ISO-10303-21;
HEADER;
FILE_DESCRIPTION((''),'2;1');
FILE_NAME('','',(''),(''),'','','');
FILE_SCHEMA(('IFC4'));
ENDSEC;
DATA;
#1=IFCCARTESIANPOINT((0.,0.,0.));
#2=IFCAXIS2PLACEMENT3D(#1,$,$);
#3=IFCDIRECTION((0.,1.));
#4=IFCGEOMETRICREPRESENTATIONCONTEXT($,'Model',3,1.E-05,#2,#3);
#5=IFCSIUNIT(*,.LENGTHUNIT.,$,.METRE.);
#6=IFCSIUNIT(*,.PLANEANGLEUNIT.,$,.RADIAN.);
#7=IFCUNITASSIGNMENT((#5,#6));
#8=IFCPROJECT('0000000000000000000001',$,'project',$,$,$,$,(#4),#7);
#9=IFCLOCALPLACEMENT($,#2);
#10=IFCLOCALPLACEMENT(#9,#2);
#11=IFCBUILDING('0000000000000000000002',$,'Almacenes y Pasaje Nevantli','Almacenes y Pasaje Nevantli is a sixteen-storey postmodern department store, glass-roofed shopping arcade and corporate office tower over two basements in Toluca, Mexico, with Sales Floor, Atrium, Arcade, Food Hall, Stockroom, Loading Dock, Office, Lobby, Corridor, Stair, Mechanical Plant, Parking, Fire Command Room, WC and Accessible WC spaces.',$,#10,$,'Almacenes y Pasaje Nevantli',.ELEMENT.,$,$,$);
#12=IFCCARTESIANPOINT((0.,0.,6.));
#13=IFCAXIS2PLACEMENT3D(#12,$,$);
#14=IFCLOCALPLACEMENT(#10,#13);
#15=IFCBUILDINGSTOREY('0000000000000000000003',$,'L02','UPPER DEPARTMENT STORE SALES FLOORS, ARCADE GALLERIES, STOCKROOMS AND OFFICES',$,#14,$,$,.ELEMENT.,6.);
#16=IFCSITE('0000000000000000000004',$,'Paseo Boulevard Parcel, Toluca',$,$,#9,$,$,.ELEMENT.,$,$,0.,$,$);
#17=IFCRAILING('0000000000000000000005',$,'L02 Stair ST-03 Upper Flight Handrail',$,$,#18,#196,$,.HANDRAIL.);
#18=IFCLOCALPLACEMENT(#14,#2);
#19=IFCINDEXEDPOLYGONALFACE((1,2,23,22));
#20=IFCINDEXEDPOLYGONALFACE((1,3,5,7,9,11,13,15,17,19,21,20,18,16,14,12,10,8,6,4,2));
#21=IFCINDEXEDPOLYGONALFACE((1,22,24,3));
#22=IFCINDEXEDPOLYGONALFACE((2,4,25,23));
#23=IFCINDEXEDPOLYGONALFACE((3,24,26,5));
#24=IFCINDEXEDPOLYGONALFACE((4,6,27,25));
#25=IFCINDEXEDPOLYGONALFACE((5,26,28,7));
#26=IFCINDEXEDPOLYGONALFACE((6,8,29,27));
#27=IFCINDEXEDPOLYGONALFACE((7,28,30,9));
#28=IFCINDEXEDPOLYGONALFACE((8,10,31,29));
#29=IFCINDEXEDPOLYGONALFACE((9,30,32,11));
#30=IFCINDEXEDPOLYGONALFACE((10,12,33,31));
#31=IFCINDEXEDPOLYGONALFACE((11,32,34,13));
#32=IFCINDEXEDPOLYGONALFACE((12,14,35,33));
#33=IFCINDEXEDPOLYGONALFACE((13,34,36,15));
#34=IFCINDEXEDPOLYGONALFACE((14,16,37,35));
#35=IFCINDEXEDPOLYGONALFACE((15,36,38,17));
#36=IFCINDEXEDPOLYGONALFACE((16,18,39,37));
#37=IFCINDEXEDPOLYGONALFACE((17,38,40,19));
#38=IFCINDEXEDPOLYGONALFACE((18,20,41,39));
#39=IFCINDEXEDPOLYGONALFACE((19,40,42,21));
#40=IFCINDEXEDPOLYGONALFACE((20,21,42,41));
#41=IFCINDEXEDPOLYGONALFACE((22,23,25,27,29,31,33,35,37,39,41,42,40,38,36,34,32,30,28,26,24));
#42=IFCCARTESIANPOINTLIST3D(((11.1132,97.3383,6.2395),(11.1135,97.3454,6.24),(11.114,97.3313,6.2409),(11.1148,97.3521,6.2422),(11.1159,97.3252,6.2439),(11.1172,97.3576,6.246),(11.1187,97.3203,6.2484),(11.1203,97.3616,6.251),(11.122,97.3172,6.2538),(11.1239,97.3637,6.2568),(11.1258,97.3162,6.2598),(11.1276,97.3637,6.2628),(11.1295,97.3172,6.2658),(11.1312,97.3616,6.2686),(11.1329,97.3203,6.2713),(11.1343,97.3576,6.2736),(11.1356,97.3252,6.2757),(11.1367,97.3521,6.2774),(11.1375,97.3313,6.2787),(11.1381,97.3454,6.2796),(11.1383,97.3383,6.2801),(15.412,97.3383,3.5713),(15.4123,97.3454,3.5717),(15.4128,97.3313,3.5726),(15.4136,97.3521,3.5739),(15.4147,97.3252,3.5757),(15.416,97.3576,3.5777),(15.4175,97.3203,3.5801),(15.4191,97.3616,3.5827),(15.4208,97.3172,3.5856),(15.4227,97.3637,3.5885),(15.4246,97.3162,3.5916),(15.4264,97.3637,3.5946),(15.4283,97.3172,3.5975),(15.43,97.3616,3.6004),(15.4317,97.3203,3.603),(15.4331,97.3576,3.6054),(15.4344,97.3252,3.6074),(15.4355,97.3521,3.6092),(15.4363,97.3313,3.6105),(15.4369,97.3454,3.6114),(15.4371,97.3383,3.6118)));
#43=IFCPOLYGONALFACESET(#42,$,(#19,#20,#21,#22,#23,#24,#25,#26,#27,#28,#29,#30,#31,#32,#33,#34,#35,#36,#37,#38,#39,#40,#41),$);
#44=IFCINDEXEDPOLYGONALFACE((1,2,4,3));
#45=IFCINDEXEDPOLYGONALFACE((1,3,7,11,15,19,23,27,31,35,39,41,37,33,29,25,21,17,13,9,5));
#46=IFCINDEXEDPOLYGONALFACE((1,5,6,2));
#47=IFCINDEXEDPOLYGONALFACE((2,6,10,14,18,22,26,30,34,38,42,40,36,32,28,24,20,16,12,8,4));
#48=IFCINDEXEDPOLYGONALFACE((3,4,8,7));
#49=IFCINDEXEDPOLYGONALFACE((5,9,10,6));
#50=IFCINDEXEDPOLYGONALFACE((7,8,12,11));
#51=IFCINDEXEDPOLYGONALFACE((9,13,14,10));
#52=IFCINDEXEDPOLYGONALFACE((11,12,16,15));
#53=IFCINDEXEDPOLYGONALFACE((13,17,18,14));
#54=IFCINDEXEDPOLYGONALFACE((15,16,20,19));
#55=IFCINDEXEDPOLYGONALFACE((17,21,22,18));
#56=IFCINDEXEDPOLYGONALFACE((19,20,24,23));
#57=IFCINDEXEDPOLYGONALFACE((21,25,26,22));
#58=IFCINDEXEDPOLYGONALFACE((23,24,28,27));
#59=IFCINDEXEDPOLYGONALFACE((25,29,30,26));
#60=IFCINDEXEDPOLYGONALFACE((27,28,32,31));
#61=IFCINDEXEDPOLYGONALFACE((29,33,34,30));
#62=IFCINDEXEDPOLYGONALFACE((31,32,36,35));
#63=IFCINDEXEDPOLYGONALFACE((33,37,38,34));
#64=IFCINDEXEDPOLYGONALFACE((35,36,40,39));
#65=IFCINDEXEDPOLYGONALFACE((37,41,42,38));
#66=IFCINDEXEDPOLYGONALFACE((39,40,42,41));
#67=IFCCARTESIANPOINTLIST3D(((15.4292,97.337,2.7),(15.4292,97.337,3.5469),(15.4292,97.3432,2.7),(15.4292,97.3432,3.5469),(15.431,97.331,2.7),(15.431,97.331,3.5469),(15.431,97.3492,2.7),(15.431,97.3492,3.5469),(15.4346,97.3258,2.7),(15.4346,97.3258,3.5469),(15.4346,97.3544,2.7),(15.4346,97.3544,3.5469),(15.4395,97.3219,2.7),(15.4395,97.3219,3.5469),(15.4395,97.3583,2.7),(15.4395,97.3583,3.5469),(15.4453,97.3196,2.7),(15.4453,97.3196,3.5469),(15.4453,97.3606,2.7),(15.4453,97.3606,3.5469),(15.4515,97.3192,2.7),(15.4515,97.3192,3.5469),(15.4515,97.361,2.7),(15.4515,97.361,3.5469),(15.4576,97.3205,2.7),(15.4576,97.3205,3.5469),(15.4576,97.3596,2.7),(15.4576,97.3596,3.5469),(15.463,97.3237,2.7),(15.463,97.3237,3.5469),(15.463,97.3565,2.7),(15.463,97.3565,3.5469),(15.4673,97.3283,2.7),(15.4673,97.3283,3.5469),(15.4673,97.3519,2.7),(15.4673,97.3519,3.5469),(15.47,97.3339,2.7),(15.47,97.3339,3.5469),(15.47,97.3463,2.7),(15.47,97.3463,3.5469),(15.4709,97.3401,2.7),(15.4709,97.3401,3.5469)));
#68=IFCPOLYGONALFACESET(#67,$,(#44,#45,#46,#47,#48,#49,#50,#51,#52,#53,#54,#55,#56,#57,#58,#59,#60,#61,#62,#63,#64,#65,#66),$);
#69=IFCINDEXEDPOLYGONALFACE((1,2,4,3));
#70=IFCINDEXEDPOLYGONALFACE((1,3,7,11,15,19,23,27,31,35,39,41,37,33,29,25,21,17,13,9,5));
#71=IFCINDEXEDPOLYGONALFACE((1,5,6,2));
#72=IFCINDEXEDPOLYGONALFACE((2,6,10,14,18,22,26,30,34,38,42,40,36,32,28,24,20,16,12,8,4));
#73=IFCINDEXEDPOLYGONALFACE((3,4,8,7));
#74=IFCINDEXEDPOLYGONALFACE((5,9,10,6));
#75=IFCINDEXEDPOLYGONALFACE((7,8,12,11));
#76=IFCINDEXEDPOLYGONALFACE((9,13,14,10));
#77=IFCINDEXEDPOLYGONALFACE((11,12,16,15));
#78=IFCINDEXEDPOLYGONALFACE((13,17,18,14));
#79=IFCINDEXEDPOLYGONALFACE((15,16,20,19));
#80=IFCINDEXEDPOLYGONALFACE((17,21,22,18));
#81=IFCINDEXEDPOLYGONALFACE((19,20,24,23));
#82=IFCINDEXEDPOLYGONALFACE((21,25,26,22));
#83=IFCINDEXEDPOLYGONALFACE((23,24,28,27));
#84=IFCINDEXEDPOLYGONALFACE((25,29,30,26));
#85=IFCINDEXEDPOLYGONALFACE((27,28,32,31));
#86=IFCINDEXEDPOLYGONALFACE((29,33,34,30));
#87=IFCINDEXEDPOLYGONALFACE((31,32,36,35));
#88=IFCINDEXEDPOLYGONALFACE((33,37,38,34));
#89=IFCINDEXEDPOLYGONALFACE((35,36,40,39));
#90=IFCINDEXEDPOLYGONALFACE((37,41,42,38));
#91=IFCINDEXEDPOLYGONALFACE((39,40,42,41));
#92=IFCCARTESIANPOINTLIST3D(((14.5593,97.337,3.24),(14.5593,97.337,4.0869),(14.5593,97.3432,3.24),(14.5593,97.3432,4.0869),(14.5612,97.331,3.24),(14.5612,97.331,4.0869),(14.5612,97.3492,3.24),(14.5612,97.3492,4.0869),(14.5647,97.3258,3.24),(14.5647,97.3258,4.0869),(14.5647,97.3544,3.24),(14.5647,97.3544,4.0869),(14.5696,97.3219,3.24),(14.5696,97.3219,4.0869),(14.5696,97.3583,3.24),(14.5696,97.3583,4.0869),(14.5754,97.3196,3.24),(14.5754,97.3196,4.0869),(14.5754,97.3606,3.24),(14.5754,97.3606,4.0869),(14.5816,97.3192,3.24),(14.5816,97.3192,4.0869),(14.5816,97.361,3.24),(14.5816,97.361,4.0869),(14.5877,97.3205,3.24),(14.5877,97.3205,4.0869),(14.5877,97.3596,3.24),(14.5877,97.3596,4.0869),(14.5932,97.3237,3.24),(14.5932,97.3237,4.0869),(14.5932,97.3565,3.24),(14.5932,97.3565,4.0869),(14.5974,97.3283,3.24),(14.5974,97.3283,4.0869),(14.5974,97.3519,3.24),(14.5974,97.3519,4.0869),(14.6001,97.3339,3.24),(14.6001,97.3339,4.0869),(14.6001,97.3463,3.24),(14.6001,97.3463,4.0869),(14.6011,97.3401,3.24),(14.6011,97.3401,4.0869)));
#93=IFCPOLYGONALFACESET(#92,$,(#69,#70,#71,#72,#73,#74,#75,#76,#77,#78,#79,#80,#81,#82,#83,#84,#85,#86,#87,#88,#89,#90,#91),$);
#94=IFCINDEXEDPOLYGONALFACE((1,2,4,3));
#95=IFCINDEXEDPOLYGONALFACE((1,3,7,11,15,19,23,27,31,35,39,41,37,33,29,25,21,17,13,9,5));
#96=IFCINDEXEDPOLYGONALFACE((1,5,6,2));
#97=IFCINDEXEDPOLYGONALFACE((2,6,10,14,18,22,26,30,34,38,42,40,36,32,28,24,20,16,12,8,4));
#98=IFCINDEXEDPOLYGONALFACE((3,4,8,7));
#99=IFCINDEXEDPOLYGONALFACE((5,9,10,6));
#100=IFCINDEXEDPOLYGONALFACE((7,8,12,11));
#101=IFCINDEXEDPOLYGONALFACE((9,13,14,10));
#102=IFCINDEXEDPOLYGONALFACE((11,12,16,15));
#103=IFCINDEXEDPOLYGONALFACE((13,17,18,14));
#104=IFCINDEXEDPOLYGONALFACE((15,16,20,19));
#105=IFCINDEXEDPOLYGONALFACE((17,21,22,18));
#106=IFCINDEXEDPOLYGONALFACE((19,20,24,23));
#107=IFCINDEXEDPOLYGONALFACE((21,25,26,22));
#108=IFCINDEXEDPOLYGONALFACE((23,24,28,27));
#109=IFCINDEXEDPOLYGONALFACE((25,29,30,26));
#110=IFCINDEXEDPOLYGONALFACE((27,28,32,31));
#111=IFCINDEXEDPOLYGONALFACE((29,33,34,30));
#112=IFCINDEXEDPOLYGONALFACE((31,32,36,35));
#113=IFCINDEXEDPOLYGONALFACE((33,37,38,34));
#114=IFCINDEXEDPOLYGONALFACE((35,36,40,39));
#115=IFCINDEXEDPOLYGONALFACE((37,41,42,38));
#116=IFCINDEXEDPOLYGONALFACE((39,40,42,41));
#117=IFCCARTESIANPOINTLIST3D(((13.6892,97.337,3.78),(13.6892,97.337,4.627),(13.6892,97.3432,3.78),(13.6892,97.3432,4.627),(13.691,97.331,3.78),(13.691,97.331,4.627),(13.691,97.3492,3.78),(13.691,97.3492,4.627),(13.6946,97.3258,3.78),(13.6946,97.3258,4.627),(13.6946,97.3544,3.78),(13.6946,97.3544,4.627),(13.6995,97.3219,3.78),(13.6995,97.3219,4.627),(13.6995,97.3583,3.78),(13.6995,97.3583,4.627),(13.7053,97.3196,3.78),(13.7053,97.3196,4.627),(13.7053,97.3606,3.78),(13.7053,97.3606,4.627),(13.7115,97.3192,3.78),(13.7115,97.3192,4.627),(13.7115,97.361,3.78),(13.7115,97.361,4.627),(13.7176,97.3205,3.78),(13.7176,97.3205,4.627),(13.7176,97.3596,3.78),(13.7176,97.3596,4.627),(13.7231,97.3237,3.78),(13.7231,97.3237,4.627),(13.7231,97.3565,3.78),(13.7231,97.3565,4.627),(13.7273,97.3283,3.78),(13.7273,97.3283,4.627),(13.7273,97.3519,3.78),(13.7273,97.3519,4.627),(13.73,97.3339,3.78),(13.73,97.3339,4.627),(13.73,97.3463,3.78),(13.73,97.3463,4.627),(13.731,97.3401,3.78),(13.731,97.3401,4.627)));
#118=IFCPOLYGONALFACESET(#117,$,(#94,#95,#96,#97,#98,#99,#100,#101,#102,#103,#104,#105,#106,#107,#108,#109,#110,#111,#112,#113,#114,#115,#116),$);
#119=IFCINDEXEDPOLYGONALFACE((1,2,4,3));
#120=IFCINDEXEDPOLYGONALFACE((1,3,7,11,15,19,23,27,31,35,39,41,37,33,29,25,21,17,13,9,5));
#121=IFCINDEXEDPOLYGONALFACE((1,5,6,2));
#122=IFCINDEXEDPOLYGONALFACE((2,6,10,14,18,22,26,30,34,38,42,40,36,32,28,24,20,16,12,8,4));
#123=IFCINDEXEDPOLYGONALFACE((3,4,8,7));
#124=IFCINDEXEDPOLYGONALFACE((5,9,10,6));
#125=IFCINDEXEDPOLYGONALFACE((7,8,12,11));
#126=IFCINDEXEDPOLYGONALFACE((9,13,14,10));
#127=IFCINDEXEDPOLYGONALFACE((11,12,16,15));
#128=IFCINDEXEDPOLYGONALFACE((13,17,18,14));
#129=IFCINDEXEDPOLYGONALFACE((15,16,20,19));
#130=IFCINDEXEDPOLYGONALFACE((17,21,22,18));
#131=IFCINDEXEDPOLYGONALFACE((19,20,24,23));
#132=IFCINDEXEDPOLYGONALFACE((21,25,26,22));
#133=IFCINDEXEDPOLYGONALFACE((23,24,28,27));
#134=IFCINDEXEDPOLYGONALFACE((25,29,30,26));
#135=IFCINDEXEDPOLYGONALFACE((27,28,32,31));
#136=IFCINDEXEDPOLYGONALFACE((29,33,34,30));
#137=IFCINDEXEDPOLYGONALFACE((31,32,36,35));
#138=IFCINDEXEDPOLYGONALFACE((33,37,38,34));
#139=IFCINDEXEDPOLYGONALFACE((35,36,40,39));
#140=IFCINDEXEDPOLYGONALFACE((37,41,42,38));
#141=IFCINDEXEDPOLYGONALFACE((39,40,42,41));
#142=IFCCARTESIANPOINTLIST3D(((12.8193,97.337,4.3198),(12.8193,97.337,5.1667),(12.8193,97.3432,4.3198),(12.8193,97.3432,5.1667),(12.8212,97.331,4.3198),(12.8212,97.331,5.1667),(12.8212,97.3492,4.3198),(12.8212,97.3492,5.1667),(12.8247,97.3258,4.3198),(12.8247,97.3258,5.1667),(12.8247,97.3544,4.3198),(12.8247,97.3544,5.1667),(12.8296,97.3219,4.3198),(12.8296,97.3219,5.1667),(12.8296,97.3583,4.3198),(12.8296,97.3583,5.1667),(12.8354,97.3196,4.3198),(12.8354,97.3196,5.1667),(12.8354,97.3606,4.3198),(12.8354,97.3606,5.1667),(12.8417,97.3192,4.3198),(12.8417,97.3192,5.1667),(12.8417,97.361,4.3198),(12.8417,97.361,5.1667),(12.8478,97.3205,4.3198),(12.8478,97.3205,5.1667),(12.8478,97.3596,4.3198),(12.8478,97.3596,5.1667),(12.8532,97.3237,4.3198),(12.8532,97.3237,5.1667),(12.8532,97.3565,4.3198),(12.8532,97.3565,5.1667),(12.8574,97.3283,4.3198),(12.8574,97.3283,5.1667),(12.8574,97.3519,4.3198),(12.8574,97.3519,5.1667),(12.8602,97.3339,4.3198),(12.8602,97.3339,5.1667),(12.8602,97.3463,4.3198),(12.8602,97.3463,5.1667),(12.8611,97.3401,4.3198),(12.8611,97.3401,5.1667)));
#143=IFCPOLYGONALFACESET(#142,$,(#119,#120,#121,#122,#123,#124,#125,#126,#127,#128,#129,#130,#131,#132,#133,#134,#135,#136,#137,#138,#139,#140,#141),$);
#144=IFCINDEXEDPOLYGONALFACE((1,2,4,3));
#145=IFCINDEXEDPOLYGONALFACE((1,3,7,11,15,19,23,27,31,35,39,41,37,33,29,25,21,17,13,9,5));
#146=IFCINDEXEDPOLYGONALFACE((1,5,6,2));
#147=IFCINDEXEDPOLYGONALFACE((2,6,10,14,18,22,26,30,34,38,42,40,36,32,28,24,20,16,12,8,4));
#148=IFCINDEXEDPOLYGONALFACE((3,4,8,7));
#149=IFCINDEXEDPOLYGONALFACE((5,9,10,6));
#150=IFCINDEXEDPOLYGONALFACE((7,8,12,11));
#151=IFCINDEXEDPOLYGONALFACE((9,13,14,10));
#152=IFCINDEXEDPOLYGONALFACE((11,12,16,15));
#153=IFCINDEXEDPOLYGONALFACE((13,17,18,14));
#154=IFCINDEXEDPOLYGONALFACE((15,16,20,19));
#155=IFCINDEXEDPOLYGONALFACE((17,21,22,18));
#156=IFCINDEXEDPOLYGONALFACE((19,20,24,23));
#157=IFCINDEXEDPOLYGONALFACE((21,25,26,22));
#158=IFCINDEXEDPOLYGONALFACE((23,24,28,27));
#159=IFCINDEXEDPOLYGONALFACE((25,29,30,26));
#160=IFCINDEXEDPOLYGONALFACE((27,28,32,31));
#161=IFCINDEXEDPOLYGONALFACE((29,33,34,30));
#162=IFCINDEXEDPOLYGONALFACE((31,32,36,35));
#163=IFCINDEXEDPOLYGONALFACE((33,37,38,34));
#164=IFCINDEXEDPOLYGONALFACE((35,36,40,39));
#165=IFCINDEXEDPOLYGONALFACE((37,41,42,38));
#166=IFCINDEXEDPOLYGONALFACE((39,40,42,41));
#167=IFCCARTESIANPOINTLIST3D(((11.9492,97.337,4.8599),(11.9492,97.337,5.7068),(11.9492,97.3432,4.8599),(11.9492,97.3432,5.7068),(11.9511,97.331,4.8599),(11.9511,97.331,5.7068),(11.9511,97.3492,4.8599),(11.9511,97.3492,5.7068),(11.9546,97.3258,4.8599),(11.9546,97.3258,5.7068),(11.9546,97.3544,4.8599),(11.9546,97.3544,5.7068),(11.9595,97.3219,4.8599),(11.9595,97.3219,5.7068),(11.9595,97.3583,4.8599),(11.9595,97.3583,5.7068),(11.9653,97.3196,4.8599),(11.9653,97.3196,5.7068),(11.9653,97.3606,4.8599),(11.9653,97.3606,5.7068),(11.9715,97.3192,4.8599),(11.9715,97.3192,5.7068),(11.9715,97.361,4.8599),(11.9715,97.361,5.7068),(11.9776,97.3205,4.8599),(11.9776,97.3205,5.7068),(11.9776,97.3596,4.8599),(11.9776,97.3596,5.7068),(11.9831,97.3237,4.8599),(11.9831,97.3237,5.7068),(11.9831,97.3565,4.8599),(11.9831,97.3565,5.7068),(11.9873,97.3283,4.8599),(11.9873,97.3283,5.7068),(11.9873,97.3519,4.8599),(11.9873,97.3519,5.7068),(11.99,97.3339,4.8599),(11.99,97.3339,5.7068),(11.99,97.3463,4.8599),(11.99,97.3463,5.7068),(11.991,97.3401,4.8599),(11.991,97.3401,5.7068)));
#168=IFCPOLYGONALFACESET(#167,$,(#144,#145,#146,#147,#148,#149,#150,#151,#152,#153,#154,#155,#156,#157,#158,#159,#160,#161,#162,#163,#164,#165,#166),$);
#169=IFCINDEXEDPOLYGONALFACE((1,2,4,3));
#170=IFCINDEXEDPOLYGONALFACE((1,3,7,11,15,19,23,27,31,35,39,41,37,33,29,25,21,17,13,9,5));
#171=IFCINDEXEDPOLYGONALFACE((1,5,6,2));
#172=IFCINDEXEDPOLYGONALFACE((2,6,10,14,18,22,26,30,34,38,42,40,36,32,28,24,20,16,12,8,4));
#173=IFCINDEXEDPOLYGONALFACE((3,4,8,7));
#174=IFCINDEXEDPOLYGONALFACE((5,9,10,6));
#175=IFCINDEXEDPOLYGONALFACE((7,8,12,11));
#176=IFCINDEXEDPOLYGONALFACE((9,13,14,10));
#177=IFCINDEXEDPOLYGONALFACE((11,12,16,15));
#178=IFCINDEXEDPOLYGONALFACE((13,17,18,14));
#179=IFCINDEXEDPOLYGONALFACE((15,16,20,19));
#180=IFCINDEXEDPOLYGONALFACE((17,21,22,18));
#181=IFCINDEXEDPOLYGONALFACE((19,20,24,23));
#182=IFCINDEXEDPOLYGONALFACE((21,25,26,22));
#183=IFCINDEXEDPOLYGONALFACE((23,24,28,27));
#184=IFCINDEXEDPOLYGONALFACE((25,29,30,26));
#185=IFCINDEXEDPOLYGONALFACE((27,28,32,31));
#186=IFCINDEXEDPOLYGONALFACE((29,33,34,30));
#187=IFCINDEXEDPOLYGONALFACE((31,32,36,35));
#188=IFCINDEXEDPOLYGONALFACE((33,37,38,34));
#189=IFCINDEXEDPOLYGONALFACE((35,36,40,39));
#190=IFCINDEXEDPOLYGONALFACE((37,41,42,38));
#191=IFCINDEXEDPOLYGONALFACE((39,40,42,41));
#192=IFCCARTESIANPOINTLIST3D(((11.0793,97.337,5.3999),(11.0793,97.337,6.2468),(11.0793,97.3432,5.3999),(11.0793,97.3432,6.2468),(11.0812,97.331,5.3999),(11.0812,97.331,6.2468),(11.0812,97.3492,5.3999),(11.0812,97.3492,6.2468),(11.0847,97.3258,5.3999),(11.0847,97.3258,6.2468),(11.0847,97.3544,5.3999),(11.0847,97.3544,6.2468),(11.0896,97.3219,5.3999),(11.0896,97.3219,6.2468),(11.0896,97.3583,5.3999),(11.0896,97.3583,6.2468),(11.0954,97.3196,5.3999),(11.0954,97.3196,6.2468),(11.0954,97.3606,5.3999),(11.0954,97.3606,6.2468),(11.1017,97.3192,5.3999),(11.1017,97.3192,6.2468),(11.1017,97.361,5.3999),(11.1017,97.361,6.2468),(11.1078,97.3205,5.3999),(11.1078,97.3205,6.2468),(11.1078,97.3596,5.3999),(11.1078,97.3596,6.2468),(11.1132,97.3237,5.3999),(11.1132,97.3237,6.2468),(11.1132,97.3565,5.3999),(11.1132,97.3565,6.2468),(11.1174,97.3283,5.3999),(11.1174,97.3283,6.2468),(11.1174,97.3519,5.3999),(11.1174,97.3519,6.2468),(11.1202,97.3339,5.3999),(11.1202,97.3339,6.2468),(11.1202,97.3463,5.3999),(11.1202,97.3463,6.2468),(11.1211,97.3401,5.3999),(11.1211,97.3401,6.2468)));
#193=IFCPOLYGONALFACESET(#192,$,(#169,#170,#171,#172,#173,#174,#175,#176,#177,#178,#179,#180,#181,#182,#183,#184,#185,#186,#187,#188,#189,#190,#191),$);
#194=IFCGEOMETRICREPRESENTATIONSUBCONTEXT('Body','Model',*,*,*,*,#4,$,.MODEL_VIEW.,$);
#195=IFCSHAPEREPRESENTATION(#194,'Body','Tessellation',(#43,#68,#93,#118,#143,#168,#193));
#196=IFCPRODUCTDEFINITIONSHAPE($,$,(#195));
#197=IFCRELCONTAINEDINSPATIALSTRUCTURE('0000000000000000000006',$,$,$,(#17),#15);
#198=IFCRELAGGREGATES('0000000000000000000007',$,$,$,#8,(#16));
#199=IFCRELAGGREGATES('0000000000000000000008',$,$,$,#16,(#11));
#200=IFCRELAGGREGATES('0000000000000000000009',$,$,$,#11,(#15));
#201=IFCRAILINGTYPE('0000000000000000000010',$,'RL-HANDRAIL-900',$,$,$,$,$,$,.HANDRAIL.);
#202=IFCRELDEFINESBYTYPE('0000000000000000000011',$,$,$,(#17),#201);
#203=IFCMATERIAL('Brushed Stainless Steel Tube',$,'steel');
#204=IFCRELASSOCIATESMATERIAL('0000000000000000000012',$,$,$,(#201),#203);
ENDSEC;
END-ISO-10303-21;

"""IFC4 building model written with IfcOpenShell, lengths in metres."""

from ifc_helpers import new_model, si_unit, direction, frame, origin, origin_2d, place, context, subcontext, project, spatial, circle, extrude, material, type_object, element, save


model = new_model("IFC4")

# Units and contexts
model_context = context("Model", 3, precision=1e-05, world=origin(), true_north=direction((0.0, 1.0)))
body_context = subcontext(model_context, "Body", "Model", "MODEL_VIEW")
ifc_project = project(units=[si_unit("LENGTHUNIT", "METRE"), si_unit("PLANEANGLEUNIT", "RADIAN")], contexts=[model_context])

# Site, building, storey
site_placement = place(None, origin())
site = spatial("IfcSite", under=ifc_project, at=site_placement, Name="Paseo Boulevard Parcel, Toluca", CompositionType="ELEMENT", RefElevation=0.0)
building_placement = place(site_placement, origin())
building = spatial("IfcBuilding", under=site, at=building_placement, Name="Almacenes y Pasaje Nevantli", Description="Almacenes y Pasaje Nevantli is a sixteen-storey postmodern department store, glass-roofed shopping arcade and corporate office tower over two basements in Toluca, Mexico, with Sales Floor, Atrium, Arcade, Food Hall, Stockroom, Loading Dock, Office, Lobby, Corridor, Stair, Mechanical Plant, Parking, Fire Command Room, WC and Accessible WC spaces.", LongName="Almacenes y Pasaje Nevantli", CompositionType="ELEMENT")
storey_placement = place(building_placement, frame((0.0, 0.0, 6.0)))
storey = spatial("IfcBuildingStorey", under=building, at=storey_placement, Name="L02", Description="UPPER DEPARTMENT STORE SALES FLOORS, ARCADE GALLERIES, STOCKROOMS AND OFFICES", CompositionType="ELEMENT", Elevation=6.0)

# Railing
ifc_material_1 = material(Name="Brushed Stainless Steel Tube", Category="steel")
railing_type_1 = type_object("IfcRailingType", Name="RL-HANDRAIL-900", PredefinedType="HANDRAIL", material=ifc_material_1)
railing_1_placement = place(storey_placement, frame((15.45, 97.3401, 2.7)))
element("IfcRailing", 1, at=railing_1_placement, inside=storey, type_object=railing_type_1, Name="L02 Stair ST-03 Upper Flight Handrail", PredefinedType="HANDRAIL", context=body_context, shape_type="SweptSolid", body=[
    extrude(circle(Radius=0.0239, at=origin_2d()), frame((-0.0254, 0.0, 0.8916), z_axis=(-0.849636, 0.0, 0.527369), x_axis=(0.0, -1.0, 0.0)), (0.0, 0.0, 1.0), 5.0596),
    extrude(circle(Radius=0.021, at=origin_2d()), origin(), (0.0, 0.0, 1.0), 0.8469),
    extrude(circle(Radius=0.021, at=origin_2d()), frame((-0.8699, 0.0, 0.54)), (0.0, 0.0, 1.0), 0.8469),
    extrude(circle(Radius=0.021, at=origin_2d()), frame((-1.74, 0.0, 1.0801)), (0.0, 0.0, 1.0), 0.8469),
    extrude(circle(Radius=0.021, at=origin_2d()), frame((-2.6099, 0.0, 1.6199)), (0.0, 0.0, 1.0), 0.8469),
    extrude(circle(Radius=0.021, at=origin_2d()), frame((-3.48, 0.0, 2.1599)), (0.0, 0.0, 1.0), 0.8469),
    extrude(circle(Radius=0.021, at=origin_2d()), frame((-4.3499, 0.0, 2.7)), (0.0, 0.0, 1.0), 0.8469),
])

save(model, "model.ifc")
